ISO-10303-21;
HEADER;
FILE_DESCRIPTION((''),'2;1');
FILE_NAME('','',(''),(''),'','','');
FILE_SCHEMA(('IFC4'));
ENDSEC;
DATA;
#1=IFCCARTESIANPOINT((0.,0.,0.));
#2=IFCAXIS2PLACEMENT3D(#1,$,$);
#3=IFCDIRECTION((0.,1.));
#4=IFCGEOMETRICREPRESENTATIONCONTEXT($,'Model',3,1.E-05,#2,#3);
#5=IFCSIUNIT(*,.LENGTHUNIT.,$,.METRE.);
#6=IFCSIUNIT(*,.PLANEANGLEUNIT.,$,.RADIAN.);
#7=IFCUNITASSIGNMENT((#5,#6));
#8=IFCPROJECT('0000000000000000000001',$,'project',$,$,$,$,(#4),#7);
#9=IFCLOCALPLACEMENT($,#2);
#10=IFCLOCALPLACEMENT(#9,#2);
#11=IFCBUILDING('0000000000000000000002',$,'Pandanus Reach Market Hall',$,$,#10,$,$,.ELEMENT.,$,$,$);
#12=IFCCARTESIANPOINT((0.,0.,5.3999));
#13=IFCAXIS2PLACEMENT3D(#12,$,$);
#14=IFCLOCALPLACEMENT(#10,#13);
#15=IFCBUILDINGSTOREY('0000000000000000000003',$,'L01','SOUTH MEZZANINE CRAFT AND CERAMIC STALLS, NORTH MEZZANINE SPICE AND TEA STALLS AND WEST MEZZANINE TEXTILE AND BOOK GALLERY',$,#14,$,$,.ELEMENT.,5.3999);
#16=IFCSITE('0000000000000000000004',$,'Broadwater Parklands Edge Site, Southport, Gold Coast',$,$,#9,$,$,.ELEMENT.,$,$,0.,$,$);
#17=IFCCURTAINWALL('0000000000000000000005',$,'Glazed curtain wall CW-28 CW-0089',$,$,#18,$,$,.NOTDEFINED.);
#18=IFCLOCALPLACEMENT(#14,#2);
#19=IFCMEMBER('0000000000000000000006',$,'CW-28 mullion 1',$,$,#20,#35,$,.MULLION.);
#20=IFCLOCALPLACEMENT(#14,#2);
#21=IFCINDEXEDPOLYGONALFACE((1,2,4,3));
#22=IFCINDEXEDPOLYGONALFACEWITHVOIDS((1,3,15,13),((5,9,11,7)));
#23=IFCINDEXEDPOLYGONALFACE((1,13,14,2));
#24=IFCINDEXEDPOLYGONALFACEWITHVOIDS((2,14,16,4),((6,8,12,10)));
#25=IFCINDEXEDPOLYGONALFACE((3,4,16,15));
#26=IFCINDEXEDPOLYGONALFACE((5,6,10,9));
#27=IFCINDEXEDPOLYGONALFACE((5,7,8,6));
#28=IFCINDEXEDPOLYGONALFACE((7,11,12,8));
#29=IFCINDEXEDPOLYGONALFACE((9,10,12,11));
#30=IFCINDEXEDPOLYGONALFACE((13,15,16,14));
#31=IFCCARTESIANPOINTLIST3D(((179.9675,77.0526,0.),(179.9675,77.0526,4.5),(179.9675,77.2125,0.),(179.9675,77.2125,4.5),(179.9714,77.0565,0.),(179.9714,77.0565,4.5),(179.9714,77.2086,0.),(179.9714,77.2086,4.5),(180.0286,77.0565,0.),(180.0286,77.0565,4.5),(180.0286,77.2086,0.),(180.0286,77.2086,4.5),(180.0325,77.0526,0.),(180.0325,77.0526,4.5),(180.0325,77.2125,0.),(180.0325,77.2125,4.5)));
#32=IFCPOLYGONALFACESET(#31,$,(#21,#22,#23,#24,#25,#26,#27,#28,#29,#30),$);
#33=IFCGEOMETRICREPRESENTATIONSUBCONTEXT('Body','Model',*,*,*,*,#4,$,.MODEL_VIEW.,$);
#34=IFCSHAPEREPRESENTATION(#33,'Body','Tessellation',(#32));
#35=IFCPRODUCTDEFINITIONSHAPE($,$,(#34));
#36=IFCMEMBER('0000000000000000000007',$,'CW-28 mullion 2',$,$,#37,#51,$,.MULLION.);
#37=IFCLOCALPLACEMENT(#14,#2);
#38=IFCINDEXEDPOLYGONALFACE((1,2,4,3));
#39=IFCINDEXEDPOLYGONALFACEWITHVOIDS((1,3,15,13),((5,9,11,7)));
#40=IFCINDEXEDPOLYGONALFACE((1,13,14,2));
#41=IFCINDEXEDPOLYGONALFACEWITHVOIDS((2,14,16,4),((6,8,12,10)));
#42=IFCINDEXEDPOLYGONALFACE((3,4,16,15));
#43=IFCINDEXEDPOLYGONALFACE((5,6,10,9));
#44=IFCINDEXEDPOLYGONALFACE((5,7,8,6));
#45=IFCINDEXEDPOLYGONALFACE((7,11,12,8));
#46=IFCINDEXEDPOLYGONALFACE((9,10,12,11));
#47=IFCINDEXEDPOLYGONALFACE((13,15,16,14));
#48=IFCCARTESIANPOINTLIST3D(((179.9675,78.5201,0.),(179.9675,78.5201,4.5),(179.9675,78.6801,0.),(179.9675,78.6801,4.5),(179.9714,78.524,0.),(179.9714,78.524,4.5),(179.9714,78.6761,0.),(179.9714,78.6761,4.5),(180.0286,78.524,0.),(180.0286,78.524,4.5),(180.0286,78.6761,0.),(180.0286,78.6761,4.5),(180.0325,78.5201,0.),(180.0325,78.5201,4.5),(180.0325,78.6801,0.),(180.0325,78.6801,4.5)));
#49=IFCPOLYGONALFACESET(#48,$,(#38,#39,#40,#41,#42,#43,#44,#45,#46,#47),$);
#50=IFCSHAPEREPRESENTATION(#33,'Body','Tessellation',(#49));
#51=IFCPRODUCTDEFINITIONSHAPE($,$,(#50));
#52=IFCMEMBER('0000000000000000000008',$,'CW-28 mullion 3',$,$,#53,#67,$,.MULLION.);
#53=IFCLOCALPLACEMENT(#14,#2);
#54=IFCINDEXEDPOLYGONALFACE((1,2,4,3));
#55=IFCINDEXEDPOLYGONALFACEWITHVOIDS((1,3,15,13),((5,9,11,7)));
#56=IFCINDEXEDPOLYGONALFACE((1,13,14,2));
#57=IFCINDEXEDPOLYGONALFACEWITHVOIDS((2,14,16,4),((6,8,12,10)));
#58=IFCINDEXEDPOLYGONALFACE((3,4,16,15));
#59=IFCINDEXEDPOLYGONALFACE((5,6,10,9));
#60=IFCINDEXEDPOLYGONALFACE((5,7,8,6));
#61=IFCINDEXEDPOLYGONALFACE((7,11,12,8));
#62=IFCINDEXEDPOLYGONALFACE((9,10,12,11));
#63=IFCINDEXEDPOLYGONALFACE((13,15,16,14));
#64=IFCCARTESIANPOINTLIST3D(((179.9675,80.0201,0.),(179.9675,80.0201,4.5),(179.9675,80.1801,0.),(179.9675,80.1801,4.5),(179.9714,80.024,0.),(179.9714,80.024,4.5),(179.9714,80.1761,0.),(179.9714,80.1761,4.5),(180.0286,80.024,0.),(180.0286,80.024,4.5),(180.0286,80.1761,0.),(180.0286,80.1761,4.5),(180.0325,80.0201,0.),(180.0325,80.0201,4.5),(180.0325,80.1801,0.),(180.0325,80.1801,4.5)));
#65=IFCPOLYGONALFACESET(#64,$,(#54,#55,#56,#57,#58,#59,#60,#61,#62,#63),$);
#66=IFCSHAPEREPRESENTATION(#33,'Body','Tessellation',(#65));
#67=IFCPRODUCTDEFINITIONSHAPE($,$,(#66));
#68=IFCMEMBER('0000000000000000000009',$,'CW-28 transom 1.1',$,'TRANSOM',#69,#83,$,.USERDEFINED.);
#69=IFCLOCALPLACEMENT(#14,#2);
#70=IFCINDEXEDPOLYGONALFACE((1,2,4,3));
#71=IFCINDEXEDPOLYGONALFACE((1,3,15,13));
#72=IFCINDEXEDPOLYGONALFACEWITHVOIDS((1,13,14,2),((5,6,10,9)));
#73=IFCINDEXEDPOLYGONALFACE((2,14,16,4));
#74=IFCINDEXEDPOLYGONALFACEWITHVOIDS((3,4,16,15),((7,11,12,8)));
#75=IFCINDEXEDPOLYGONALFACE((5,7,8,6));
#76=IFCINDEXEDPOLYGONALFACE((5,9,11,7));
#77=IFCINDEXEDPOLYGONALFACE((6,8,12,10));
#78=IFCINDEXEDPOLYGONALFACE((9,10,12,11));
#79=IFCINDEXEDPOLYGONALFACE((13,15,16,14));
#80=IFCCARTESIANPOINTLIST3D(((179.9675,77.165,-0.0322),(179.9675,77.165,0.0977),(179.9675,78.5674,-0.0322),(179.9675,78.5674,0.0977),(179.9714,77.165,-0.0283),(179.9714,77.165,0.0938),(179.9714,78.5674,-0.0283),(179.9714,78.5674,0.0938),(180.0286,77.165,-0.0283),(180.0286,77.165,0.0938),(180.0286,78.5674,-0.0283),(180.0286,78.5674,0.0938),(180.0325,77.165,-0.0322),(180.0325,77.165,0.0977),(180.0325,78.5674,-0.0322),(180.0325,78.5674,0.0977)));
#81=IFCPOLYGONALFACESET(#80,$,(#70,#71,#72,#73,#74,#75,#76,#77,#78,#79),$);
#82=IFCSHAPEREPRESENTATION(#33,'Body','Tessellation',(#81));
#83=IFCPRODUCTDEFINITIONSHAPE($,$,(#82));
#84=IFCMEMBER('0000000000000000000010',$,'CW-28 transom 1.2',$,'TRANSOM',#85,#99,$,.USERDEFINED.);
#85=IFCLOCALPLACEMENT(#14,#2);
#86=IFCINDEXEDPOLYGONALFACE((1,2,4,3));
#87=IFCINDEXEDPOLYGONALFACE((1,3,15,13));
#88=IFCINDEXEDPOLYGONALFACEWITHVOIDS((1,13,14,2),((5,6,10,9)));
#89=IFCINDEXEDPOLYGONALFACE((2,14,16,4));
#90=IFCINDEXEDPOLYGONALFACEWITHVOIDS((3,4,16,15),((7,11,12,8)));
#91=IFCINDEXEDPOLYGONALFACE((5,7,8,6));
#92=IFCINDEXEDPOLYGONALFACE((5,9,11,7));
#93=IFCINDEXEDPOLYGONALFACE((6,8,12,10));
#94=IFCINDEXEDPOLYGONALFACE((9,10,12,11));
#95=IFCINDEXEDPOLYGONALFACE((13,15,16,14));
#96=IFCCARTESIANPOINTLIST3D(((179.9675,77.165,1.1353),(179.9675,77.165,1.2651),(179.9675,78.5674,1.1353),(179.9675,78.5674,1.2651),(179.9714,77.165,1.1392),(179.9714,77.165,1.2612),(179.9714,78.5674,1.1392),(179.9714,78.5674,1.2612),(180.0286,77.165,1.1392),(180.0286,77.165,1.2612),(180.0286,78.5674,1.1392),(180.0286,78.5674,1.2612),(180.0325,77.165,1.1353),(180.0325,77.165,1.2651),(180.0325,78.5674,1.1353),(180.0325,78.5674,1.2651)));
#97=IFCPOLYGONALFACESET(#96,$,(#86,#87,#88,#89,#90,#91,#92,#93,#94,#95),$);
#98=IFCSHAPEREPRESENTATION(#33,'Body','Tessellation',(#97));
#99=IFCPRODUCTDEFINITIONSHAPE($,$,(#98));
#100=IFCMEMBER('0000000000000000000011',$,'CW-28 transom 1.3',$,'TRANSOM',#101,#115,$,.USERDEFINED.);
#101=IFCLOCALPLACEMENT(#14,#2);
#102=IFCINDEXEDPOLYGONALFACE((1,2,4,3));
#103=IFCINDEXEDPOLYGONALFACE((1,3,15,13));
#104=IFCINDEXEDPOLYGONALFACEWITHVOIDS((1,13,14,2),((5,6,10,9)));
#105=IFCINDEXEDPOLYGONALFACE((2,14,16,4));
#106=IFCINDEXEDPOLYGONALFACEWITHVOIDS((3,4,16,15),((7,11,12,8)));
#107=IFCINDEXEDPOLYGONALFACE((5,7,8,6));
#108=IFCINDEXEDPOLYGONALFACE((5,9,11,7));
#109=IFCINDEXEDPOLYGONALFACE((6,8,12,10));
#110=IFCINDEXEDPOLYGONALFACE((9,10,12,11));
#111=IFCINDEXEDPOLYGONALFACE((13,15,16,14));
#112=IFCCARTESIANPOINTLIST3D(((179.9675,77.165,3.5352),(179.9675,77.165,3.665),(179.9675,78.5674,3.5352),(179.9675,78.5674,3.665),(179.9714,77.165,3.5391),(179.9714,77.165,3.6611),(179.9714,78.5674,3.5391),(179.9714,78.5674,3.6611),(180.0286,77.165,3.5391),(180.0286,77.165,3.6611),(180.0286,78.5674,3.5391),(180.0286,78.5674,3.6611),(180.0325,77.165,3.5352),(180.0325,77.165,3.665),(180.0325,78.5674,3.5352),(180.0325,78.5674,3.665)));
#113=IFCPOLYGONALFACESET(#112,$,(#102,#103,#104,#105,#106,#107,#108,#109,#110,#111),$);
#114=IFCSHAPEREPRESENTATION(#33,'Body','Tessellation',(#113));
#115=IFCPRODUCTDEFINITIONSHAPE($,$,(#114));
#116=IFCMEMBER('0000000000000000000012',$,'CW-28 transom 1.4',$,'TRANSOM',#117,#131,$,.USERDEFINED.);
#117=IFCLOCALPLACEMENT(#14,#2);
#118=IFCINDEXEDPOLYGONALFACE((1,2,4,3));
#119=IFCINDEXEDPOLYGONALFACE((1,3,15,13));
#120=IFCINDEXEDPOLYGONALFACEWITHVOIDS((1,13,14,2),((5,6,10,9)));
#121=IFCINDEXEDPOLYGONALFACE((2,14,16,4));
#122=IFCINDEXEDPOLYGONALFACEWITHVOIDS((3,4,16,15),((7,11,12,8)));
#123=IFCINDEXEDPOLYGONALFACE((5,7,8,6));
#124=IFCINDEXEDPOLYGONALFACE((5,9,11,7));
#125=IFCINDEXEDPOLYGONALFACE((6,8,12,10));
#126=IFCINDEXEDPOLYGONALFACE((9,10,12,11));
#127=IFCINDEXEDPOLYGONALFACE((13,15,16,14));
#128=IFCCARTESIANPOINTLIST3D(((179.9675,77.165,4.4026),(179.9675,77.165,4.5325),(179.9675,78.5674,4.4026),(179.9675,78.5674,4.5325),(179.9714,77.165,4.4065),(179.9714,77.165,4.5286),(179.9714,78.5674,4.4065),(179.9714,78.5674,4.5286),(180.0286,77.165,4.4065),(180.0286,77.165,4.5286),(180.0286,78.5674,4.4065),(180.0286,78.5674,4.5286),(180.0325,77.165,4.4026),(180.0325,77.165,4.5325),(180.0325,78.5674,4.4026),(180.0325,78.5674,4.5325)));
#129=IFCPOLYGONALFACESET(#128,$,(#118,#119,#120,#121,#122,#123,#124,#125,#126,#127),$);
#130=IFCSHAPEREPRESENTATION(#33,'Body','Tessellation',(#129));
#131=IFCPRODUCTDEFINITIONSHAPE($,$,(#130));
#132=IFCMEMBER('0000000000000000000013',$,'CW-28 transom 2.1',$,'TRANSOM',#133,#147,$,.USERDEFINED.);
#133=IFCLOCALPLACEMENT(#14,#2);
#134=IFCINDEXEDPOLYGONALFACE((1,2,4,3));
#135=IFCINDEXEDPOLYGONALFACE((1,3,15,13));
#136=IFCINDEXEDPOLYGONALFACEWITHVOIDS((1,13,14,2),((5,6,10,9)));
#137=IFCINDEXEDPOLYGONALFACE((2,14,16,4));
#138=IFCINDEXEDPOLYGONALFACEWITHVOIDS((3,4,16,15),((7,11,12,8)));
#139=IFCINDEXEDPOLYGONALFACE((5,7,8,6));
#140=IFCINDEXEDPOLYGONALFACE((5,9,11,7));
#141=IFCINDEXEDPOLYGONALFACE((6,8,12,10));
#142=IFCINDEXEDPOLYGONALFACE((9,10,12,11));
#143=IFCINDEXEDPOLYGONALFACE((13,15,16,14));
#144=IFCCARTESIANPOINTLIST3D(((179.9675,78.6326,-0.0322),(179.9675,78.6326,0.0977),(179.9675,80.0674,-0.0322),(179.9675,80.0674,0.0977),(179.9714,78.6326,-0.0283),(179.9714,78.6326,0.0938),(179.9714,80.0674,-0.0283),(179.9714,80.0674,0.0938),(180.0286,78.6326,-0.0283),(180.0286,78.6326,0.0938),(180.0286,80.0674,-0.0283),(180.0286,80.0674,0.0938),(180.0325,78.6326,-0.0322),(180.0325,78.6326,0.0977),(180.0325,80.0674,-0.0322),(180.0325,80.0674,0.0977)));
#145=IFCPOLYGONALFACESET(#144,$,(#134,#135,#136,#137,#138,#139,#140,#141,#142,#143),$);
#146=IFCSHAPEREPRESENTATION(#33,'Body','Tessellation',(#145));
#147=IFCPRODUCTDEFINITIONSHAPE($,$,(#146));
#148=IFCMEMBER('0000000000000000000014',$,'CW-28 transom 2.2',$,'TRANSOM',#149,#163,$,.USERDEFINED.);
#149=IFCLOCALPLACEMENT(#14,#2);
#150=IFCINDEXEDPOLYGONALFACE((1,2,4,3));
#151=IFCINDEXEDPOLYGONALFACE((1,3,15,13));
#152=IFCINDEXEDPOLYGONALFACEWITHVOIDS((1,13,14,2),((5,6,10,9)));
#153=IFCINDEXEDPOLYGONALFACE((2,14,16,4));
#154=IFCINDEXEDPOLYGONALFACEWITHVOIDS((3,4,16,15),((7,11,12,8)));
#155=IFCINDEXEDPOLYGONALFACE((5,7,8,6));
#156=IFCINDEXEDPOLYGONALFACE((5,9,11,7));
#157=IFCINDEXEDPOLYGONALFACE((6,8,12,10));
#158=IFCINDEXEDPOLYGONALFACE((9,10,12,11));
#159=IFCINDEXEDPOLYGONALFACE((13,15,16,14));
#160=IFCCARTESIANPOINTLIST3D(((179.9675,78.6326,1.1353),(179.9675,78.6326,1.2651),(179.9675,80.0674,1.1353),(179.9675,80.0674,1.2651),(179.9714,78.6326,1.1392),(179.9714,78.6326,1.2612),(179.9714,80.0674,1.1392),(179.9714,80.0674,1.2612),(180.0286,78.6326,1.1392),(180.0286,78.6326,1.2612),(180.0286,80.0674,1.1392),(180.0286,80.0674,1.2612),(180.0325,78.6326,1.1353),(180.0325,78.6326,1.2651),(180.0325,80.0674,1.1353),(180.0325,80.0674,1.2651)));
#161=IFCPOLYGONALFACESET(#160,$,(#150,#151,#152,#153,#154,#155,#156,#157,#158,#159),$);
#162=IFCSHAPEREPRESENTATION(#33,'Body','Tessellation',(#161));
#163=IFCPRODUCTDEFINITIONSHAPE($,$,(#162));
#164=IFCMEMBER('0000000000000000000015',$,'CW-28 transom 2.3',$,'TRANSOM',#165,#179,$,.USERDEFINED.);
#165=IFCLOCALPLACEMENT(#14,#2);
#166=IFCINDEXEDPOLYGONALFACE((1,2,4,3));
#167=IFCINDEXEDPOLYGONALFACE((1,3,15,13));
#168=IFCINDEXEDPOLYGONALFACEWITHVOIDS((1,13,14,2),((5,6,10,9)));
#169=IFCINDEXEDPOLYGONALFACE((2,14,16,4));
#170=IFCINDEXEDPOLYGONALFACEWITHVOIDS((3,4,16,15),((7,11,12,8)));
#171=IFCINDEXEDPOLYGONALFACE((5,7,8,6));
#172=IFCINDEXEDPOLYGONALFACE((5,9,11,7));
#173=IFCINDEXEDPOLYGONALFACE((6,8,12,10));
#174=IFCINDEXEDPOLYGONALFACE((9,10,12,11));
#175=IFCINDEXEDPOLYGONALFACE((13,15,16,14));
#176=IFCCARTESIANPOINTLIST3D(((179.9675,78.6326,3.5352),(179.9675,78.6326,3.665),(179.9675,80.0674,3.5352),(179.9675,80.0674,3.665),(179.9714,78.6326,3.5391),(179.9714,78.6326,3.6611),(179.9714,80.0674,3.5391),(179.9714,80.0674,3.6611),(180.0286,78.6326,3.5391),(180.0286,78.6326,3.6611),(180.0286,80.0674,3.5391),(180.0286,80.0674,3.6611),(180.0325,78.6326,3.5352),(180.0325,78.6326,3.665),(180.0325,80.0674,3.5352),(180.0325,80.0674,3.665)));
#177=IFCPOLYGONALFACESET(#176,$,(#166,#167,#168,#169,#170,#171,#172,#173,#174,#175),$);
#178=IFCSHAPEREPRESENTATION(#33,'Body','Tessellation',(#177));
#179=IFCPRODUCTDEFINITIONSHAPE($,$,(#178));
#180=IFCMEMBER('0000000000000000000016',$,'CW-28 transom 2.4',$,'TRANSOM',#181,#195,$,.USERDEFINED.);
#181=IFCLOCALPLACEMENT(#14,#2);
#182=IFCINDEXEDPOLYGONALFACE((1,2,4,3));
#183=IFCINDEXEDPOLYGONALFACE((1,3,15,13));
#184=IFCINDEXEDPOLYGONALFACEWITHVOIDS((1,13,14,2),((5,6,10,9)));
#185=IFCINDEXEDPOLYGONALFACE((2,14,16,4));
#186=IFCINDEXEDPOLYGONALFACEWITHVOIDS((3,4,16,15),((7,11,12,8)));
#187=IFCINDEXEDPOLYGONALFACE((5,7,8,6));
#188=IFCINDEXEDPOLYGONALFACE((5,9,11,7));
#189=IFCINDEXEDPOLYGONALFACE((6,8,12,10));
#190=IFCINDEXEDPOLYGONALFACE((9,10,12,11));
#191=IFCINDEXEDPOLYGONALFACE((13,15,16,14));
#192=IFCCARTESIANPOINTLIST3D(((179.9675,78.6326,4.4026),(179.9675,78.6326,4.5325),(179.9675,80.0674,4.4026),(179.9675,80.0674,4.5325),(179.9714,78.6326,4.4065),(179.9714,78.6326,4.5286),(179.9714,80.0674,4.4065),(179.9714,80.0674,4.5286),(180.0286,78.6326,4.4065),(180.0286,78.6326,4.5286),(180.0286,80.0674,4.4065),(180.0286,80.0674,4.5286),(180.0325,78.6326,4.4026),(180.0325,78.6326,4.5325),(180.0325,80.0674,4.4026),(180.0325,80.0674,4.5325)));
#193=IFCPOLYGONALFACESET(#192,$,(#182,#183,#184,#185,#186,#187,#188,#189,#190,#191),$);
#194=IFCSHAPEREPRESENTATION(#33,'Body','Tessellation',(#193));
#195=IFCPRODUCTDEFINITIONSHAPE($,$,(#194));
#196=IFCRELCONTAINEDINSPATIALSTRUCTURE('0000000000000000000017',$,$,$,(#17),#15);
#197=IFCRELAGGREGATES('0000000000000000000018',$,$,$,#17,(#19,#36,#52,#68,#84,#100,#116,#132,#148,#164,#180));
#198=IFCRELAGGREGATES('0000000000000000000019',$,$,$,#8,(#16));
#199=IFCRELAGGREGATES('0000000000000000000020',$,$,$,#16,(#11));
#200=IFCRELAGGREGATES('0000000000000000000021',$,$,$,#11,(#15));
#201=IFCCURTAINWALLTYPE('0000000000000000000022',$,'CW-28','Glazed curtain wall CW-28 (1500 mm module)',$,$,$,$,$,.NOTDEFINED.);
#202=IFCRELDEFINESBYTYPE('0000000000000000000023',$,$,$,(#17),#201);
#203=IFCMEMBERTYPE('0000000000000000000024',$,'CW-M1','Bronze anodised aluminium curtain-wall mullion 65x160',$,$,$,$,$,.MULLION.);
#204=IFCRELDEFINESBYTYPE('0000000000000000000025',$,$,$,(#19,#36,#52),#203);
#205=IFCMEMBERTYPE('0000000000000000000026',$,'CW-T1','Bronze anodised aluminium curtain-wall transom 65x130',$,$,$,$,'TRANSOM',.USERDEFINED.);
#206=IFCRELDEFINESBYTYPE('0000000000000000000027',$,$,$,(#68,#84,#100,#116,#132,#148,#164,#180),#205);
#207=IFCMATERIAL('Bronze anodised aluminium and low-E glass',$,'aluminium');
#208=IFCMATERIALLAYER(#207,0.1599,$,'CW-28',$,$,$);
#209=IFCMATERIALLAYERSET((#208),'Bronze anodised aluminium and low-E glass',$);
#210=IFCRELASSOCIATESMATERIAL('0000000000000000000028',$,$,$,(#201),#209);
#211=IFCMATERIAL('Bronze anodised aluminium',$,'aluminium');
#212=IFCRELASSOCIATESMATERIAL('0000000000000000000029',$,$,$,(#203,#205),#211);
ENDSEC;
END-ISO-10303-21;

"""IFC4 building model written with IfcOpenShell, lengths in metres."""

from ifc_helpers import new_model, si_unit, direction, frame, origin, origin_2d, place, context, subcontext, project, spatial, hollow_rectangle, extrude, material, layer, layer_set, material_profile, profile_set, type_object, element, aggregate, save


model = new_model("IFC4")

# Units and contexts
model_context = context("Model", 3, precision=1e-05, world=origin(), true_north=direction((0.0, 1.0)))
body_context = subcontext(model_context, "Body", "Model", "MODEL_VIEW")
ifc_project = project(units=[si_unit("LENGTHUNIT", "METRE"), si_unit("PLANEANGLEUNIT", "RADIAN")], contexts=[model_context])

# Site, building, storey
site_placement = place(None, origin())
site = spatial("IfcSite", under=ifc_project, at=site_placement, Name="Broadwater Parklands Edge Site, Southport, Gold Coast", CompositionType="ELEMENT", RefElevation=0.0)
building_placement = place(site_placement, origin())
building = spatial("IfcBuilding", under=site, at=building_placement, Name="Pandanus Reach Market Hall", CompositionType="ELEMENT")
storey_placement = place(building_placement, frame((0.0, 0.0, 5.3999)))
storey = spatial("IfcBuildingStorey", under=building, at=storey_placement, Name="L01", Description="SOUTH MEZZANINE CRAFT AND CERAMIC STALLS, NORTH MEZZANINE SPICE AND TEA STALLS AND WEST MEZZANINE TEXTILE AND BOOK GALLERY", CompositionType="ELEMENT", Elevation=5.3999)

# Curtain wall, members
ifc_material_1 = material(Name="Bronze anodised aluminium and low-E glass", Category="aluminium")
ifc_layer_1 = layer(ifc_material_1, 0.1599, Name="CW-28")
ifc_layer_set_1 = layer_set([ifc_layer_1], Name="Bronze anodised aluminium and low-E glass")
curtain_wall_type = type_object("IfcCurtainWallType", Name="CW-28", Description="Glazed curtain wall CW-28 (1500 mm module)", PredefinedType="NOTDEFINED", material=ifc_layer_set_1)
curtain_wall_placement = place(storey_placement, origin())
curtain_wall = element("IfcCurtainWall", 1, at=curtain_wall_placement, inside=storey, type_object=curtain_wall_type, Name="Glazed curtain wall CW-28 CW-0089", PredefinedType="NOTDEFINED")
ifc_material_2 = material(Name="Bronze anodised aluminium", Category="aluminium")
ifc_material_profile_1 = material_profile(ifc_material_2, hollow_rectangle(XDim=0.0649, YDim=0.1599, WallThickness=0.0039, at=origin_2d()), Name="ALU65x160", Category="LoadBearing")
ifc_profile_set_1 = profile_set([ifc_material_profile_1], Name="Bronze anodised aluminium")
member_type_1 = type_object("IfcMemberType", Name="CW-M1", Description="Bronze anodised aluminium curtain-wall mullion 65x160", PredefinedType="MULLION", material=ifc_profile_set_1)
member_1_placement = place(storey_placement, frame((180.0, 77.1326, 0.0), z_axis=(0.0, 0.0, 1.0), x_axis=(-1.0, 0.0, 0.0)))
member_1 = element("IfcMember", 2, at=member_1_placement, type_object=member_type_1, Name="CW-28 mullion 1", PredefinedType="MULLION", context=body_context, shape_type="SweptSolid", body=[
    extrude(hollow_rectangle(XDim=0.0649, YDim=0.1599, WallThickness=0.0039, at=origin_2d()), origin(), (0.0, 0.0, 1.0), 4.5),
])
member_2_placement = place(storey_placement, frame((180.0, 78.6001, 0.0), z_axis=(0.0, 0.0, 1.0), x_axis=(-1.0, 0.0, 0.0)))
member_2 = element("IfcMember", 3, at=member_2_placement, type_object=member_type_1, Name="CW-28 mullion 2", PredefinedType="MULLION", context=body_context, shape_type="SweptSolid", body=[
    extrude(hollow_rectangle(XDim=0.0649, YDim=0.1599, WallThickness=0.0039, at=origin_2d()), origin(), (0.0, 0.0, 1.0), 4.5),
])
member_3_placement = place(storey_placement, frame((180.0, 80.1001, 0.0), z_axis=(0.0, 0.0, 1.0), x_axis=(-1.0, 0.0, 0.0)))
member_3 = element("IfcMember", 4, at=member_3_placement, type_object=member_type_1, Name="CW-28 mullion 3", PredefinedType="MULLION", context=body_context, shape_type="SweptSolid", body=[
    extrude(hollow_rectangle(XDim=0.0649, YDim=0.1599, WallThickness=0.0039, at=origin_2d()), origin(), (0.0, 0.0, 1.0), 4.5),
])
ifc_material_profile_2 = material_profile(ifc_material_2, hollow_rectangle(XDim=0.0649, YDim=0.1299, WallThickness=0.0039, at=origin_2d()), Name="ALU65x130", Category="LoadBearing")
ifc_profile_set_2 = profile_set([ifc_material_profile_2], Name="Bronze anodised aluminium")
member_type_2 = type_object("IfcMemberType", Name="CW-T1", Description="Bronze anodised aluminium curtain-wall transom 65x130", ElementType="TRANSOM", PredefinedType="USERDEFINED", material=ifc_profile_set_2)
member_4_placement = place(storey_placement, frame((180.0, 77.165, 0.0327), z_axis=(0.0, 1.0, 0.0), x_axis=(-1.0, 0.0, 0.0)))
member_4 = element("IfcMember", 5, at=member_4_placement, type_object=member_type_2, Name="CW-28 transom 1.1", ObjectType="TRANSOM", PredefinedType="USERDEFINED", context=body_context, shape_type="SweptSolid", body=[
    extrude(hollow_rectangle(XDim=0.0649, YDim=0.1299, WallThickness=0.0039, at=origin_2d()), origin(), (0.0, 0.0, 1.0), 1.4023),
])
member_5_placement = place(storey_placement, frame((180.0, 77.165, 1.2002), z_axis=(0.0, 1.0, 0.0), x_axis=(-1.0, 0.0, 0.0)))
member_5 = element("IfcMember", 6, at=member_5_placement, type_object=member_type_2, Name="CW-28 transom 1.2", ObjectType="TRANSOM", PredefinedType="USERDEFINED", context=body_context, shape_type="SweptSolid", body=[
    extrude(hollow_rectangle(XDim=0.0649, YDim=0.1299, WallThickness=0.0039, at=origin_2d()), origin(), (0.0, 0.0, 1.0), 1.4023),
])
member_6_placement = place(storey_placement, frame((180.0, 77.165, 3.6001), z_axis=(0.0, 1.0, 0.0), x_axis=(-1.0, 0.0, 0.0)))
member_6 = element("IfcMember", 7, at=member_6_placement, type_object=member_type_2, Name="CW-28 transom 1.3", ObjectType="TRANSOM", PredefinedType="USERDEFINED", context=body_context, shape_type="SweptSolid", body=[
    extrude(hollow_rectangle(XDim=0.0649, YDim=0.1299, WallThickness=0.0039, at=origin_2d()), origin(), (0.0, 0.0, 1.0), 1.4023),
])
member_7_placement = place(storey_placement, frame((180.0, 77.165, 4.4675), z_axis=(0.0, 1.0, 0.0), x_axis=(-1.0, 0.0, 0.0)))
member_7 = element("IfcMember", 8, at=member_7_placement, type_object=member_type_2, Name="CW-28 transom 1.4", ObjectType="TRANSOM", PredefinedType="USERDEFINED", context=body_context, shape_type="SweptSolid", body=[
    extrude(hollow_rectangle(XDim=0.0649, YDim=0.1299, WallThickness=0.0039, at=origin_2d()), origin(), (0.0, 0.0, 1.0), 1.4023),
])
member_8_placement = place(storey_placement, frame((180.0, 78.6326, 0.0327), z_axis=(0.0, 1.0, 0.0), x_axis=(-1.0, 0.0, 0.0)))
member_8 = element("IfcMember", 9, at=member_8_placement, type_object=member_type_2, Name="CW-28 transom 2.1", ObjectType="TRANSOM", PredefinedType="USERDEFINED", context=body_context, shape_type="SweptSolid", body=[
    extrude(hollow_rectangle(XDim=0.0649, YDim=0.1299, WallThickness=0.0039, at=origin_2d()), origin(), (0.0, 0.0, 1.0), 1.4348),
])
member_9_placement = place(storey_placement, frame((180.0, 78.6326, 1.2002), z_axis=(0.0, 1.0, 0.0), x_axis=(-1.0, 0.0, 0.0)))
member_9 = element("IfcMember", 10, at=member_9_placement, type_object=member_type_2, Name="CW-28 transom 2.2", ObjectType="TRANSOM", PredefinedType="USERDEFINED", context=body_context, shape_type="SweptSolid", body=[
    extrude(hollow_rectangle(XDim=0.0649, YDim=0.1299, WallThickness=0.0039, at=origin_2d()), origin(), (0.0, 0.0, 1.0), 1.4348),
])
member_10_placement = place(storey_placement, frame((180.0, 78.6326, 3.6001), z_axis=(0.0, 1.0, 0.0), x_axis=(-1.0, 0.0, 0.0)))
member_10 = element("IfcMember", 11, at=member_10_placement, type_object=member_type_2, Name="CW-28 transom 2.3", ObjectType="TRANSOM", PredefinedType="USERDEFINED", context=body_context, shape_type="SweptSolid", body=[
    extrude(hollow_rectangle(XDim=0.0649, YDim=0.1299, WallThickness=0.0039, at=origin_2d()), origin(), (0.0, 0.0, 1.0), 1.4348),
])
member_11_placement = place(storey_placement, frame((180.0, 78.6326, 4.4675), z_axis=(0.0, 1.0, 0.0), x_axis=(-1.0, 0.0, 0.0)))
member_11 = element("IfcMember", 12, at=member_11_placement, type_object=member_type_2, Name="CW-28 transom 2.4", ObjectType="TRANSOM", PredefinedType="USERDEFINED", context=body_context, shape_type="SweptSolid", body=[
    extrude(hollow_rectangle(XDim=0.0649, YDim=0.1299, WallThickness=0.0039, at=origin_2d()), origin(), (0.0, 0.0, 1.0), 1.4348),
])
aggregate(curtain_wall, [member_1, member_2, member_3, member_4, member_5, member_6, member_7, member_8, member_9, member_10, member_11])

save(model, "model.ifc")
